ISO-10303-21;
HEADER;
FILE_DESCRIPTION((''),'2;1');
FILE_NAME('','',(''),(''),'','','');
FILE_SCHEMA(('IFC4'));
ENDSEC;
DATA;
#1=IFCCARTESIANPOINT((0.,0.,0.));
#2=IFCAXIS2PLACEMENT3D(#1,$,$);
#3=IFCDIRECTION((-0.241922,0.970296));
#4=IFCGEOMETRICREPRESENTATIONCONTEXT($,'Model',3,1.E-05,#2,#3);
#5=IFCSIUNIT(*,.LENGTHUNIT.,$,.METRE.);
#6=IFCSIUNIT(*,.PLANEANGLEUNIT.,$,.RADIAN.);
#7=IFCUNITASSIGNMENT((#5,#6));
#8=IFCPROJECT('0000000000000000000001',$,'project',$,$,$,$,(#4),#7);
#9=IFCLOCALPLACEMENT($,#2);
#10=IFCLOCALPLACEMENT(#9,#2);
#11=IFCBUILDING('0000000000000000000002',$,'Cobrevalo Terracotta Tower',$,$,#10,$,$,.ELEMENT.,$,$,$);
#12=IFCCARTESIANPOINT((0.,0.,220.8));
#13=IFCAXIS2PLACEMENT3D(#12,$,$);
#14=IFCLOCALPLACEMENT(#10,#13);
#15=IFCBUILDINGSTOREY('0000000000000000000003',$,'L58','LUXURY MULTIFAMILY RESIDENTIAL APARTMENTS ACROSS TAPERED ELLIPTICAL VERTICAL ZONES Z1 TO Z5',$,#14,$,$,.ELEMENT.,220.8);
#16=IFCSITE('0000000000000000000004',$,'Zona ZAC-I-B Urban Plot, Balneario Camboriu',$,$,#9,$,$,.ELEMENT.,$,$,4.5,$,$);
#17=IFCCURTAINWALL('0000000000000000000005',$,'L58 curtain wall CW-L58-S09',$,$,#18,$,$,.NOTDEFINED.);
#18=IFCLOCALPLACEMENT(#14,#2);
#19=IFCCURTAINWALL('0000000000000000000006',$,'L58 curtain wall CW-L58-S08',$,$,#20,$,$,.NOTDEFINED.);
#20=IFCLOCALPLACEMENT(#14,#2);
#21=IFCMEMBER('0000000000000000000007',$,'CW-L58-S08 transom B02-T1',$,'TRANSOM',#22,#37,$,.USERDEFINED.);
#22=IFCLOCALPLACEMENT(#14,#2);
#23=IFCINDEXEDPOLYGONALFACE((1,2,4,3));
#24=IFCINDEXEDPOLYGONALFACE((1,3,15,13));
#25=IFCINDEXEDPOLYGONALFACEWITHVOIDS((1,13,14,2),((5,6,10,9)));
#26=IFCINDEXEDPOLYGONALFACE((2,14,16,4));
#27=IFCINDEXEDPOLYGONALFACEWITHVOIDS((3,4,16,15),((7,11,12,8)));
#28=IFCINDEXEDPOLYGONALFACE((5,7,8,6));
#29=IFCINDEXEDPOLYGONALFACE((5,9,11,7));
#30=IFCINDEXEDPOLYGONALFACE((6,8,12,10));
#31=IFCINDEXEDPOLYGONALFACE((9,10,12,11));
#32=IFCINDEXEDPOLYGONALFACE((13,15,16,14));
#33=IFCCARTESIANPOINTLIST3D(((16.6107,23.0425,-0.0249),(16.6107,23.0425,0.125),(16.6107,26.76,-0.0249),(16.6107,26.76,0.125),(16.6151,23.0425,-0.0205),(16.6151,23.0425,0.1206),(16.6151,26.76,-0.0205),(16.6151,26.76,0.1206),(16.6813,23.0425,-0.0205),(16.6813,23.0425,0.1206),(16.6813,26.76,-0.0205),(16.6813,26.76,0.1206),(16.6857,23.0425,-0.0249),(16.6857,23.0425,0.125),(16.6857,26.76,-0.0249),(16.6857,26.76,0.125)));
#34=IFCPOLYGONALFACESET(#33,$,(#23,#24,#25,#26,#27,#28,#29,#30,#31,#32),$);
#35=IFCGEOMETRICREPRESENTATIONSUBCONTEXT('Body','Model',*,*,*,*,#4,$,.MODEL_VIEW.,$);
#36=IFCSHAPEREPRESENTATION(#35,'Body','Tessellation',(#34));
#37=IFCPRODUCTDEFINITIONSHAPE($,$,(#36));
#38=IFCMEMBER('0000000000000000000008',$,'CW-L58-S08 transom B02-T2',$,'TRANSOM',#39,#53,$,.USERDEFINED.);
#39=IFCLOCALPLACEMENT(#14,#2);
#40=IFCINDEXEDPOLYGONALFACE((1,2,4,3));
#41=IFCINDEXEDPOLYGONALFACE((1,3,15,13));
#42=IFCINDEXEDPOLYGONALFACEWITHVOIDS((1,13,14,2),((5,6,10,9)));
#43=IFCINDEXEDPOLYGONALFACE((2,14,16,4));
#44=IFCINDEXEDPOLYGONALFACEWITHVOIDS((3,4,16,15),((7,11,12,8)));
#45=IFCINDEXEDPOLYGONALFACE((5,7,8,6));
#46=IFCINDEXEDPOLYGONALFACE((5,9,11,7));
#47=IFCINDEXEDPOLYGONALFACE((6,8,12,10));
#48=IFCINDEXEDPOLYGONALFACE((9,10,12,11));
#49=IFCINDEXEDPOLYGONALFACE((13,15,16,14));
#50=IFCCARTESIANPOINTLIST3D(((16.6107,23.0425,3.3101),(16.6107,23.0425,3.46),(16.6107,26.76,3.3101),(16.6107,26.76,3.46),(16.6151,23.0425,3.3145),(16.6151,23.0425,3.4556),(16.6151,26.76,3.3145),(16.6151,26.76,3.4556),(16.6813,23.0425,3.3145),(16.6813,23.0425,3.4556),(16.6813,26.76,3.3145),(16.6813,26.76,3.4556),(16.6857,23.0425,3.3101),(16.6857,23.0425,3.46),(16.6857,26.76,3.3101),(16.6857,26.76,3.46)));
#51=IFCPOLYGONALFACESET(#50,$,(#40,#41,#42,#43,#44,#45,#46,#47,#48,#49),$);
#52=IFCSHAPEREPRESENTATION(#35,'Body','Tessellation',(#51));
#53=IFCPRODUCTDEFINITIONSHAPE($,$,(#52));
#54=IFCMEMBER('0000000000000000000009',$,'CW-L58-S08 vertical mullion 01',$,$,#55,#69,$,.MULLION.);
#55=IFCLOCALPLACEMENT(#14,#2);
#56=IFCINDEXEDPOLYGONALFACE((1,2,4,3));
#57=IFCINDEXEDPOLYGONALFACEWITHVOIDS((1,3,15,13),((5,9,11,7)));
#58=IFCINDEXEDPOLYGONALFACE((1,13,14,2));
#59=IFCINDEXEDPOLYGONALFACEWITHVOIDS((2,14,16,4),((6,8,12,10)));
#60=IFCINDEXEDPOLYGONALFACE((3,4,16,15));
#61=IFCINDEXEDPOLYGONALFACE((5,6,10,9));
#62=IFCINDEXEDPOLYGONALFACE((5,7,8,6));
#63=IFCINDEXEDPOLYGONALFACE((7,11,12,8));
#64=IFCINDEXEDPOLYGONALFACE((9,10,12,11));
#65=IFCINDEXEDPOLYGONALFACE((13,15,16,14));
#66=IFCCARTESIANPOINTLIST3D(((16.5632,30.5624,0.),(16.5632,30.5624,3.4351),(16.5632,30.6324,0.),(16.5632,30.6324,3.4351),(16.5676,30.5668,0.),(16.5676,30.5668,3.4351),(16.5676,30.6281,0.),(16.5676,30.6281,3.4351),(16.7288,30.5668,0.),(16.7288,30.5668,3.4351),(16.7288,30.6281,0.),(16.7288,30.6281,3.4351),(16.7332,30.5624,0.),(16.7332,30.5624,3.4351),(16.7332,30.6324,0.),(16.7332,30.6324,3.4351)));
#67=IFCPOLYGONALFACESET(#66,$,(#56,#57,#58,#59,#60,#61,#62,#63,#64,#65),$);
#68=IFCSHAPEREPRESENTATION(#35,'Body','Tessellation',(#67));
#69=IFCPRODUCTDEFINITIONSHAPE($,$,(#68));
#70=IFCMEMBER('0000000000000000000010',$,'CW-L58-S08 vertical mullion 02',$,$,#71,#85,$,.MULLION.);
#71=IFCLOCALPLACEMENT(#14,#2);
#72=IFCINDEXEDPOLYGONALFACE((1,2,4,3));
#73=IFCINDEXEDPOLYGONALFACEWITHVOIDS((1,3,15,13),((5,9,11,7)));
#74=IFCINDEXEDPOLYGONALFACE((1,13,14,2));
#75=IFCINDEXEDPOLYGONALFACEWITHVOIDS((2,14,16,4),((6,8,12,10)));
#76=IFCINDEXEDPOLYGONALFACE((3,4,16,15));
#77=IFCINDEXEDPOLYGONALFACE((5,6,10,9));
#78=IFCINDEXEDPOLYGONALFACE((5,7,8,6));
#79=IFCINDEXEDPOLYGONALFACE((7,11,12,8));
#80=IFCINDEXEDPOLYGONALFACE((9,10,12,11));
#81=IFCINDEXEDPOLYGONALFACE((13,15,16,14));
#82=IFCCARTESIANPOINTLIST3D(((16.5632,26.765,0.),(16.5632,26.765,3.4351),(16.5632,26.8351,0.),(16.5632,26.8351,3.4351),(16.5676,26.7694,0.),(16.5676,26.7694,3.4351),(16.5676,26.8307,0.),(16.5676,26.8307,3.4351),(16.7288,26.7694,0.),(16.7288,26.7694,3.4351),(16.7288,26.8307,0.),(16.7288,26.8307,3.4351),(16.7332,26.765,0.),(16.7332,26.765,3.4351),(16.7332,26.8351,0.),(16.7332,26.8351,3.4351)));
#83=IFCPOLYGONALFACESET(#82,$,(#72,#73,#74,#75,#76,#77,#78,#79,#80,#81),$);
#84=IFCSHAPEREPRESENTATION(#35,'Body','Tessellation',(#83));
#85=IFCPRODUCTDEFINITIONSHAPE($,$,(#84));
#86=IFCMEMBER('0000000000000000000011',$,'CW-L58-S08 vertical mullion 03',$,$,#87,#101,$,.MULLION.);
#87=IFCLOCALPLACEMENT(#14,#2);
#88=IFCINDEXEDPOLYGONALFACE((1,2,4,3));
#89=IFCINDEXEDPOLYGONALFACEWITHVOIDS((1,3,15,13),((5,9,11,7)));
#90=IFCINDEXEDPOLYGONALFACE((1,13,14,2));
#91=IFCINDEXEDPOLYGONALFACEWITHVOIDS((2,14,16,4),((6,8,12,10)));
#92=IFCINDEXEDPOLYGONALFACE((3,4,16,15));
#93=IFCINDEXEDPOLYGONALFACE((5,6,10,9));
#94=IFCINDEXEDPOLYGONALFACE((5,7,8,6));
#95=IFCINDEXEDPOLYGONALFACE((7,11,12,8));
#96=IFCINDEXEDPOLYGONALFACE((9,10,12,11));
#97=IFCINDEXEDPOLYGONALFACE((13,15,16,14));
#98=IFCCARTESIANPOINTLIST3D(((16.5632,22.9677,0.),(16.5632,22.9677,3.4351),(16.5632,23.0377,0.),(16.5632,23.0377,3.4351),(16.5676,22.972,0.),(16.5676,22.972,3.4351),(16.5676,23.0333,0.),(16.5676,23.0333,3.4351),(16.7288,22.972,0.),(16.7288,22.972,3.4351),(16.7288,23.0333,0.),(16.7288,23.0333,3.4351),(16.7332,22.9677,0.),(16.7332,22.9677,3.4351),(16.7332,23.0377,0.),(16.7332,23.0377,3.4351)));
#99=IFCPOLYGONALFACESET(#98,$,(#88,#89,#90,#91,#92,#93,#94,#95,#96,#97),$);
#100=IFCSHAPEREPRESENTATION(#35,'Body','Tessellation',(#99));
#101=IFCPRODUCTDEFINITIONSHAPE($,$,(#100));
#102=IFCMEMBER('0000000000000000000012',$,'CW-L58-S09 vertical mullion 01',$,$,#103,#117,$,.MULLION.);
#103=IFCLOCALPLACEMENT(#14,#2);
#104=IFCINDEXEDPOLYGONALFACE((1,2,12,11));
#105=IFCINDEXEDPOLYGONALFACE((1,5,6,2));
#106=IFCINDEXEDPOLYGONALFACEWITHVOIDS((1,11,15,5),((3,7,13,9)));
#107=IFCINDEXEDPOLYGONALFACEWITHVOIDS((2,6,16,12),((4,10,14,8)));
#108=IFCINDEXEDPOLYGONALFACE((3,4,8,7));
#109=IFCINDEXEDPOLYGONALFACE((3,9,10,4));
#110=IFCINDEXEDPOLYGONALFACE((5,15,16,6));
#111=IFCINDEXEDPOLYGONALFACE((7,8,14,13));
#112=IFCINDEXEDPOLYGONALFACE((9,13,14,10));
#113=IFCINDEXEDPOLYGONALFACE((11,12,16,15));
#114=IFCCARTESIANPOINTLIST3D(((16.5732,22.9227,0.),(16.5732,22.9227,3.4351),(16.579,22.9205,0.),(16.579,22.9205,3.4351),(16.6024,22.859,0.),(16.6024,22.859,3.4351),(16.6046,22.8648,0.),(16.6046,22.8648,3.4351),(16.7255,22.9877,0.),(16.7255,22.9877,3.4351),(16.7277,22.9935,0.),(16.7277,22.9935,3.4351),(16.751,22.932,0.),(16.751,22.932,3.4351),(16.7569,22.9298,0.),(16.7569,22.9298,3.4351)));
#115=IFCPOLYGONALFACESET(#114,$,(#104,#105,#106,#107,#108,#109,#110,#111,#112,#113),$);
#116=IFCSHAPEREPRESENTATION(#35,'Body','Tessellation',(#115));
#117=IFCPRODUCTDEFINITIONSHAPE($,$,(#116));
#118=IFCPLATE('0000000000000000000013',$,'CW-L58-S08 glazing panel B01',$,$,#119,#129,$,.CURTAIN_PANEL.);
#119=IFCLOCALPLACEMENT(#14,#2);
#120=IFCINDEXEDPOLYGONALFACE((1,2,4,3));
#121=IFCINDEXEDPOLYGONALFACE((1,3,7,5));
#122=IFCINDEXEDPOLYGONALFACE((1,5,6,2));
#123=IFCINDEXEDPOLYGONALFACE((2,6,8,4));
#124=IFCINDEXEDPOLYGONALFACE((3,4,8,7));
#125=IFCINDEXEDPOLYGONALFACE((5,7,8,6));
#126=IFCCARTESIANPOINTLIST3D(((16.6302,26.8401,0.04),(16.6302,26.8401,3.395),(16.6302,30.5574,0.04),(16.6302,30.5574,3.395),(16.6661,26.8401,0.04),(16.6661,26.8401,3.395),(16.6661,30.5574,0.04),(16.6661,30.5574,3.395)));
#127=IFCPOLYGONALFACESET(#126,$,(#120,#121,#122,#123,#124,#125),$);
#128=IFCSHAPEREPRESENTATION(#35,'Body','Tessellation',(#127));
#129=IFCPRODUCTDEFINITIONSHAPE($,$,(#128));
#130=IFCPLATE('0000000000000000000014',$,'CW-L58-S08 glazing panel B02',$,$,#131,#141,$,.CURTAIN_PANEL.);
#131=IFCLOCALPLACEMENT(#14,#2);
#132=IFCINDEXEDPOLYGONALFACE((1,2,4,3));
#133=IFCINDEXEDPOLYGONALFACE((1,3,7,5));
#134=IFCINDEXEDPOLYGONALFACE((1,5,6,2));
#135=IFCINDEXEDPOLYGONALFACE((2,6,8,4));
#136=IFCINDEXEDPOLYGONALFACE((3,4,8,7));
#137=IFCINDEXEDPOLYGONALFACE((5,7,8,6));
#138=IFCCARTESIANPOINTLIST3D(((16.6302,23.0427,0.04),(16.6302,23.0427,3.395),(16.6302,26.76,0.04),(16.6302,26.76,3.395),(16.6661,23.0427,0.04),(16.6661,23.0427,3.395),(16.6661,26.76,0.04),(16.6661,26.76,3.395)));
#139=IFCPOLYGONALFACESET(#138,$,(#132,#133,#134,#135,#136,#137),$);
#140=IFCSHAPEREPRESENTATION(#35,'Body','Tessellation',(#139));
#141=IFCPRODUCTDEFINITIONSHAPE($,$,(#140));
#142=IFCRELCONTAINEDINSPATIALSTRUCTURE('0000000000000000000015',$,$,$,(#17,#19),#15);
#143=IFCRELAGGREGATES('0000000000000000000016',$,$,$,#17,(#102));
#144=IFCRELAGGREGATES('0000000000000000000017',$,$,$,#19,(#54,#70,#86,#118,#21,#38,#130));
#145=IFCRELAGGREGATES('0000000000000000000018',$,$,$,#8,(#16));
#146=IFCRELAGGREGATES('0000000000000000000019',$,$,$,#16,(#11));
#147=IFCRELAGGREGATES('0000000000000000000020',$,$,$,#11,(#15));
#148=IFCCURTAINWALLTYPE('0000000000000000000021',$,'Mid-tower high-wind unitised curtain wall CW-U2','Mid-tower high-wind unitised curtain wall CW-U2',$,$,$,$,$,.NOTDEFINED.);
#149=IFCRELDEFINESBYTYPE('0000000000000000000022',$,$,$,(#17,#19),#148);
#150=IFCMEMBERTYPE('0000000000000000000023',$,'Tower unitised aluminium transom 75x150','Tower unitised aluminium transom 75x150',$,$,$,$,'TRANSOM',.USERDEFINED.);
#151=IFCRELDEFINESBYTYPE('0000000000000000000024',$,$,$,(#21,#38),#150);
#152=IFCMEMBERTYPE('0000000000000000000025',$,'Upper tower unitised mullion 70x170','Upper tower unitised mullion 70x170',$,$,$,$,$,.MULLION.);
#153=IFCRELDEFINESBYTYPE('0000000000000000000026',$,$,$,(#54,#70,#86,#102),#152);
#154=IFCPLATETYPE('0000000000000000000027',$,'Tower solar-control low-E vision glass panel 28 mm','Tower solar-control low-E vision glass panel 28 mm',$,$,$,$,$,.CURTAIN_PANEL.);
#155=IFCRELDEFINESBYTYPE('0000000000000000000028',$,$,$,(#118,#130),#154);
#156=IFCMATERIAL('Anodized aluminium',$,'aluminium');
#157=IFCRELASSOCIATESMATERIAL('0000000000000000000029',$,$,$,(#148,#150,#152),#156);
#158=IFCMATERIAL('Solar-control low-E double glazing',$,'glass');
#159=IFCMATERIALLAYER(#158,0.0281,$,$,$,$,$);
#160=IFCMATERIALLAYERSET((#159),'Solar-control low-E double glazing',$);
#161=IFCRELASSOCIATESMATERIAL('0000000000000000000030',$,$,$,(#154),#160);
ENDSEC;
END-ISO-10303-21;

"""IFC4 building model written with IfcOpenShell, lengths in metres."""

from ifc_helpers import new_model, si_unit, direction, frame, origin, origin_2d, place, context, subcontext, project, spatial, rectangle, hollow_rectangle, extrude, source, transform, mapped, material, layer, layer_set, material_profile, profile_set, type_object, element, aggregate, save


model = new_model("IFC4")

# Units and contexts
model_context = context("Model", 3, precision=1e-05, world=origin(), true_north=direction((-0.241922, 0.970296)))
body_context = subcontext(model_context, "Body", "Model", "MODEL_VIEW")
ifc_project = project(units=[si_unit("LENGTHUNIT", "METRE"), si_unit("PLANEANGLEUNIT", "RADIAN")], contexts=[model_context])

# Site, building, storey
site_placement = place(None, origin())
site = spatial("IfcSite", under=ifc_project, at=site_placement, Name="Zona ZAC-I-B Urban Plot, Balneario Camboriu", CompositionType="ELEMENT", RefElevation=4.5)
building_placement = place(site_placement, origin())
building = spatial("IfcBuilding", under=site, at=building_placement, Name="Cobrevalo Terracotta Tower", CompositionType="ELEMENT")
storey_placement = place(building_placement, frame((0.0, 0.0, 220.8)))
storey = spatial("IfcBuildingStorey", under=building, at=storey_placement, Name="L58", Description="LUXURY MULTIFAMILY RESIDENTIAL APARTMENTS ACROSS TAPERED ELLIPTICAL VERTICAL ZONES Z1 TO Z5", CompositionType="ELEMENT", Elevation=220.8)

# Curtain walls, members
ifc_material_1 = material(Name="Anodized aluminium", Category="aluminium")
curtain_wall_type = type_object("IfcCurtainWallType", Name="Mid-tower high-wind unitised curtain wall CW-U2", Description="Mid-tower high-wind unitised curtain wall CW-U2", PredefinedType="NOTDEFINED", material=ifc_material_1)
curtain_wall_1_placement = place(storey_placement, origin())
curtain_wall_1 = element("IfcCurtainWall", 1, at=curtain_wall_1_placement, inside=storey, type_object=curtain_wall_type, Name="L58 curtain wall CW-L58-S09", PredefinedType="NOTDEFINED")
ifc_material_profile_1 = material_profile(ifc_material_1, hollow_rectangle(XDim=0.075, YDim=0.1499, WallThickness=0.0044, at=origin_2d()), Name="CWT 75x150")
ifc_profile_set_1 = profile_set([ifc_material_profile_1], Name="Anodized aluminium")
member_type_1 = type_object("IfcMemberType", Name="Tower unitised aluminium transom 75x150", Description="Tower unitised aluminium transom 75x150", ElementType="TRANSOM", PredefinedType="USERDEFINED", material=ifc_profile_set_1)
curtain_wall_2_placement = place(storey_placement, origin())
curtain_wall_2 = element("IfcCurtainWall", 2, at=curtain_wall_2_placement, inside=storey, type_object=curtain_wall_type, Name="L58 curtain wall CW-L58-S08", PredefinedType="NOTDEFINED")
shared_shape_1 = source(origin(), body_context, "Body", "SweptSolid", [
    extrude(hollow_rectangle(XDim=0.075, YDim=0.1499, WallThickness=0.0044, at=origin_2d()), origin(), (0.0, 0.0, 1.0), 3.7175),
])
member_1_placement = place(storey_placement, frame((16.6482, 26.76, 0.05), z_axis=(0.0, -1.0, 0.0), x_axis=(1.0, 0.0, 0.0)))
member_1 = element("IfcMember", 3, at=member_1_placement, type_object=member_type_1, Name="CW-L58-S08 transom B02-T1", ObjectType="TRANSOM", PredefinedType="USERDEFINED", context=body_context, shape_type="MappedRepresentation", body=[
    mapped(shared_shape_1, transform((0.0, 0.0, 0.0), scale=1.0)),
])
member_2_placement = place(storey_placement, frame((16.6482, 26.76, 3.385), z_axis=(0.0, -1.0, 0.0), x_axis=(1.0, 0.0, 0.0)))
member_2 = element("IfcMember", 4, at=member_2_placement, type_object=member_type_1, Name="CW-L58-S08 transom B02-T2", ObjectType="TRANSOM", PredefinedType="USERDEFINED", context=body_context, shape_type="MappedRepresentation", body=[
    mapped(shared_shape_1, transform((0.0, 0.0, 0.0), scale=1.0)),
])
ifc_material_profile_2 = material_profile(ifc_material_1, hollow_rectangle(XDim=0.0701, YDim=0.1699, WallThickness=0.0044, at=origin_2d()), Name="CWM 70x170")
ifc_profile_set_2 = profile_set([ifc_material_profile_2], Name="Anodized aluminium")
member_type_2 = type_object("IfcMemberType", Name="Upper tower unitised mullion 70x170", Description="Upper tower unitised mullion 70x170", PredefinedType="MULLION", material=ifc_profile_set_2)
shared_shape_2 = source(origin(), body_context, "Body", "SweptSolid", [
    extrude(hollow_rectangle(XDim=0.0701, YDim=0.1699, WallThickness=0.0044, at=origin_2d()), origin(), (0.0, 0.0, 1.0), 3.4351),
])
member_3_placement = place(storey_placement, frame((16.6482, 30.5974, 0.0), z_axis=(0.0, 0.0, 1.0), x_axis=(0.0, -1.0, 0.0)))
member_3 = element("IfcMember", 5, at=member_3_placement, type_object=member_type_2, Name="CW-L58-S08 vertical mullion 01", PredefinedType="MULLION", context=body_context, shape_type="MappedRepresentation", body=[
    mapped(shared_shape_2, transform((0.0, 0.0, 0.0), scale=1.0)),
])
member_4_placement = place(storey_placement, frame((16.6482, 26.8, 0.0), z_axis=(0.0, 0.0, 1.0), x_axis=(0.0, -1.0, 0.0)))
member_4 = element("IfcMember", 6, at=member_4_placement, type_object=member_type_2, Name="CW-L58-S08 vertical mullion 02", PredefinedType="MULLION", context=body_context, shape_type="MappedRepresentation", body=[
    mapped(shared_shape_2, transform((0.0, 0.0, 0.0), scale=1.0)),
])
member_5_placement = place(storey_placement, frame((16.6482, 23.0027, 0.0), z_axis=(0.0, 0.0, 1.0), x_axis=(0.0, -1.0, 0.0)))
member_5 = element("IfcMember", 7, at=member_5_placement, type_object=member_type_2, Name="CW-L58-S08 vertical mullion 03", PredefinedType="MULLION", context=body_context, shape_type="MappedRepresentation", body=[
    mapped(shared_shape_2, transform((0.0, 0.0, 0.0), scale=1.0)),
])

# Member
member_6_placement = place(storey_placement, frame((16.665, 22.9263, 0.0), z_axis=(0.0, 0.0, 1.0), x_axis=(0.416725, -0.909033, 0.0)))
member_6 = element("IfcMember", 8, at=member_6_placement, type_object=member_type_2, Name="CW-L58-S09 vertical mullion 01", PredefinedType="MULLION", context=body_context, shape_type="MappedRepresentation", body=[
    mapped(shared_shape_2, transform((0.0, 0.0, 0.0), scale=1.0)),
])
aggregate(curtain_wall_1, [member_6])

# Plates
ifc_material_2 = material(Name="Solar-control low-E double glazing", Category="glass")
ifc_layer = layer(ifc_material_2, 0.0281)
ifc_layer_set = layer_set([ifc_layer], Name="Solar-control low-E double glazing")
plate_type = type_object("IfcPlateType", Name="Tower solar-control low-E vision glass panel 28 mm", Description="Tower solar-control low-E vision glass panel 28 mm", PredefinedType="CURTAIN_PANEL", material=ifc_layer_set)
shared_shape_3 = source(origin(), body_context, "Body", "SweptSolid", [
    extrude(rectangle(XDim=3.7173, YDim=0.0359, at=origin_2d()), origin(), (0.0, 0.0, 1.0), 3.355),
])
plate_1_placement = place(storey_placement, frame((16.6482, 28.6987, 0.04), z_axis=(0.0, 0.0, 1.0), x_axis=(0.0, -1.0, 0.0)))
plate_1 = element("IfcPlate", 9, at=plate_1_placement, type_object=plate_type, Name="CW-L58-S08 glazing panel B01", PredefinedType="CURTAIN_PANEL", context=body_context, shape_type="MappedRepresentation", body=[
    mapped(shared_shape_3, transform((0.0, 0.0, 0.0), scale=1.0)),
])
plate_2_placement = place(storey_placement, frame((16.6482, 24.9014, 0.04), z_axis=(0.0, 0.0, 1.0), x_axis=(0.0, -1.0, 0.0)))
plate_2 = element("IfcPlate", 10, at=plate_2_placement, type_object=plate_type, Name="CW-L58-S08 glazing panel B02", PredefinedType="CURTAIN_PANEL", context=body_context, shape_type="MappedRepresentation", body=[
    mapped(shared_shape_3, transform((0.0, 0.0, 0.0), scale=1.0)),
])
aggregate(curtain_wall_2, [member_3, member_4, member_5, plate_1, member_1, member_2, plate_2])

save(model, "model.ifc")
